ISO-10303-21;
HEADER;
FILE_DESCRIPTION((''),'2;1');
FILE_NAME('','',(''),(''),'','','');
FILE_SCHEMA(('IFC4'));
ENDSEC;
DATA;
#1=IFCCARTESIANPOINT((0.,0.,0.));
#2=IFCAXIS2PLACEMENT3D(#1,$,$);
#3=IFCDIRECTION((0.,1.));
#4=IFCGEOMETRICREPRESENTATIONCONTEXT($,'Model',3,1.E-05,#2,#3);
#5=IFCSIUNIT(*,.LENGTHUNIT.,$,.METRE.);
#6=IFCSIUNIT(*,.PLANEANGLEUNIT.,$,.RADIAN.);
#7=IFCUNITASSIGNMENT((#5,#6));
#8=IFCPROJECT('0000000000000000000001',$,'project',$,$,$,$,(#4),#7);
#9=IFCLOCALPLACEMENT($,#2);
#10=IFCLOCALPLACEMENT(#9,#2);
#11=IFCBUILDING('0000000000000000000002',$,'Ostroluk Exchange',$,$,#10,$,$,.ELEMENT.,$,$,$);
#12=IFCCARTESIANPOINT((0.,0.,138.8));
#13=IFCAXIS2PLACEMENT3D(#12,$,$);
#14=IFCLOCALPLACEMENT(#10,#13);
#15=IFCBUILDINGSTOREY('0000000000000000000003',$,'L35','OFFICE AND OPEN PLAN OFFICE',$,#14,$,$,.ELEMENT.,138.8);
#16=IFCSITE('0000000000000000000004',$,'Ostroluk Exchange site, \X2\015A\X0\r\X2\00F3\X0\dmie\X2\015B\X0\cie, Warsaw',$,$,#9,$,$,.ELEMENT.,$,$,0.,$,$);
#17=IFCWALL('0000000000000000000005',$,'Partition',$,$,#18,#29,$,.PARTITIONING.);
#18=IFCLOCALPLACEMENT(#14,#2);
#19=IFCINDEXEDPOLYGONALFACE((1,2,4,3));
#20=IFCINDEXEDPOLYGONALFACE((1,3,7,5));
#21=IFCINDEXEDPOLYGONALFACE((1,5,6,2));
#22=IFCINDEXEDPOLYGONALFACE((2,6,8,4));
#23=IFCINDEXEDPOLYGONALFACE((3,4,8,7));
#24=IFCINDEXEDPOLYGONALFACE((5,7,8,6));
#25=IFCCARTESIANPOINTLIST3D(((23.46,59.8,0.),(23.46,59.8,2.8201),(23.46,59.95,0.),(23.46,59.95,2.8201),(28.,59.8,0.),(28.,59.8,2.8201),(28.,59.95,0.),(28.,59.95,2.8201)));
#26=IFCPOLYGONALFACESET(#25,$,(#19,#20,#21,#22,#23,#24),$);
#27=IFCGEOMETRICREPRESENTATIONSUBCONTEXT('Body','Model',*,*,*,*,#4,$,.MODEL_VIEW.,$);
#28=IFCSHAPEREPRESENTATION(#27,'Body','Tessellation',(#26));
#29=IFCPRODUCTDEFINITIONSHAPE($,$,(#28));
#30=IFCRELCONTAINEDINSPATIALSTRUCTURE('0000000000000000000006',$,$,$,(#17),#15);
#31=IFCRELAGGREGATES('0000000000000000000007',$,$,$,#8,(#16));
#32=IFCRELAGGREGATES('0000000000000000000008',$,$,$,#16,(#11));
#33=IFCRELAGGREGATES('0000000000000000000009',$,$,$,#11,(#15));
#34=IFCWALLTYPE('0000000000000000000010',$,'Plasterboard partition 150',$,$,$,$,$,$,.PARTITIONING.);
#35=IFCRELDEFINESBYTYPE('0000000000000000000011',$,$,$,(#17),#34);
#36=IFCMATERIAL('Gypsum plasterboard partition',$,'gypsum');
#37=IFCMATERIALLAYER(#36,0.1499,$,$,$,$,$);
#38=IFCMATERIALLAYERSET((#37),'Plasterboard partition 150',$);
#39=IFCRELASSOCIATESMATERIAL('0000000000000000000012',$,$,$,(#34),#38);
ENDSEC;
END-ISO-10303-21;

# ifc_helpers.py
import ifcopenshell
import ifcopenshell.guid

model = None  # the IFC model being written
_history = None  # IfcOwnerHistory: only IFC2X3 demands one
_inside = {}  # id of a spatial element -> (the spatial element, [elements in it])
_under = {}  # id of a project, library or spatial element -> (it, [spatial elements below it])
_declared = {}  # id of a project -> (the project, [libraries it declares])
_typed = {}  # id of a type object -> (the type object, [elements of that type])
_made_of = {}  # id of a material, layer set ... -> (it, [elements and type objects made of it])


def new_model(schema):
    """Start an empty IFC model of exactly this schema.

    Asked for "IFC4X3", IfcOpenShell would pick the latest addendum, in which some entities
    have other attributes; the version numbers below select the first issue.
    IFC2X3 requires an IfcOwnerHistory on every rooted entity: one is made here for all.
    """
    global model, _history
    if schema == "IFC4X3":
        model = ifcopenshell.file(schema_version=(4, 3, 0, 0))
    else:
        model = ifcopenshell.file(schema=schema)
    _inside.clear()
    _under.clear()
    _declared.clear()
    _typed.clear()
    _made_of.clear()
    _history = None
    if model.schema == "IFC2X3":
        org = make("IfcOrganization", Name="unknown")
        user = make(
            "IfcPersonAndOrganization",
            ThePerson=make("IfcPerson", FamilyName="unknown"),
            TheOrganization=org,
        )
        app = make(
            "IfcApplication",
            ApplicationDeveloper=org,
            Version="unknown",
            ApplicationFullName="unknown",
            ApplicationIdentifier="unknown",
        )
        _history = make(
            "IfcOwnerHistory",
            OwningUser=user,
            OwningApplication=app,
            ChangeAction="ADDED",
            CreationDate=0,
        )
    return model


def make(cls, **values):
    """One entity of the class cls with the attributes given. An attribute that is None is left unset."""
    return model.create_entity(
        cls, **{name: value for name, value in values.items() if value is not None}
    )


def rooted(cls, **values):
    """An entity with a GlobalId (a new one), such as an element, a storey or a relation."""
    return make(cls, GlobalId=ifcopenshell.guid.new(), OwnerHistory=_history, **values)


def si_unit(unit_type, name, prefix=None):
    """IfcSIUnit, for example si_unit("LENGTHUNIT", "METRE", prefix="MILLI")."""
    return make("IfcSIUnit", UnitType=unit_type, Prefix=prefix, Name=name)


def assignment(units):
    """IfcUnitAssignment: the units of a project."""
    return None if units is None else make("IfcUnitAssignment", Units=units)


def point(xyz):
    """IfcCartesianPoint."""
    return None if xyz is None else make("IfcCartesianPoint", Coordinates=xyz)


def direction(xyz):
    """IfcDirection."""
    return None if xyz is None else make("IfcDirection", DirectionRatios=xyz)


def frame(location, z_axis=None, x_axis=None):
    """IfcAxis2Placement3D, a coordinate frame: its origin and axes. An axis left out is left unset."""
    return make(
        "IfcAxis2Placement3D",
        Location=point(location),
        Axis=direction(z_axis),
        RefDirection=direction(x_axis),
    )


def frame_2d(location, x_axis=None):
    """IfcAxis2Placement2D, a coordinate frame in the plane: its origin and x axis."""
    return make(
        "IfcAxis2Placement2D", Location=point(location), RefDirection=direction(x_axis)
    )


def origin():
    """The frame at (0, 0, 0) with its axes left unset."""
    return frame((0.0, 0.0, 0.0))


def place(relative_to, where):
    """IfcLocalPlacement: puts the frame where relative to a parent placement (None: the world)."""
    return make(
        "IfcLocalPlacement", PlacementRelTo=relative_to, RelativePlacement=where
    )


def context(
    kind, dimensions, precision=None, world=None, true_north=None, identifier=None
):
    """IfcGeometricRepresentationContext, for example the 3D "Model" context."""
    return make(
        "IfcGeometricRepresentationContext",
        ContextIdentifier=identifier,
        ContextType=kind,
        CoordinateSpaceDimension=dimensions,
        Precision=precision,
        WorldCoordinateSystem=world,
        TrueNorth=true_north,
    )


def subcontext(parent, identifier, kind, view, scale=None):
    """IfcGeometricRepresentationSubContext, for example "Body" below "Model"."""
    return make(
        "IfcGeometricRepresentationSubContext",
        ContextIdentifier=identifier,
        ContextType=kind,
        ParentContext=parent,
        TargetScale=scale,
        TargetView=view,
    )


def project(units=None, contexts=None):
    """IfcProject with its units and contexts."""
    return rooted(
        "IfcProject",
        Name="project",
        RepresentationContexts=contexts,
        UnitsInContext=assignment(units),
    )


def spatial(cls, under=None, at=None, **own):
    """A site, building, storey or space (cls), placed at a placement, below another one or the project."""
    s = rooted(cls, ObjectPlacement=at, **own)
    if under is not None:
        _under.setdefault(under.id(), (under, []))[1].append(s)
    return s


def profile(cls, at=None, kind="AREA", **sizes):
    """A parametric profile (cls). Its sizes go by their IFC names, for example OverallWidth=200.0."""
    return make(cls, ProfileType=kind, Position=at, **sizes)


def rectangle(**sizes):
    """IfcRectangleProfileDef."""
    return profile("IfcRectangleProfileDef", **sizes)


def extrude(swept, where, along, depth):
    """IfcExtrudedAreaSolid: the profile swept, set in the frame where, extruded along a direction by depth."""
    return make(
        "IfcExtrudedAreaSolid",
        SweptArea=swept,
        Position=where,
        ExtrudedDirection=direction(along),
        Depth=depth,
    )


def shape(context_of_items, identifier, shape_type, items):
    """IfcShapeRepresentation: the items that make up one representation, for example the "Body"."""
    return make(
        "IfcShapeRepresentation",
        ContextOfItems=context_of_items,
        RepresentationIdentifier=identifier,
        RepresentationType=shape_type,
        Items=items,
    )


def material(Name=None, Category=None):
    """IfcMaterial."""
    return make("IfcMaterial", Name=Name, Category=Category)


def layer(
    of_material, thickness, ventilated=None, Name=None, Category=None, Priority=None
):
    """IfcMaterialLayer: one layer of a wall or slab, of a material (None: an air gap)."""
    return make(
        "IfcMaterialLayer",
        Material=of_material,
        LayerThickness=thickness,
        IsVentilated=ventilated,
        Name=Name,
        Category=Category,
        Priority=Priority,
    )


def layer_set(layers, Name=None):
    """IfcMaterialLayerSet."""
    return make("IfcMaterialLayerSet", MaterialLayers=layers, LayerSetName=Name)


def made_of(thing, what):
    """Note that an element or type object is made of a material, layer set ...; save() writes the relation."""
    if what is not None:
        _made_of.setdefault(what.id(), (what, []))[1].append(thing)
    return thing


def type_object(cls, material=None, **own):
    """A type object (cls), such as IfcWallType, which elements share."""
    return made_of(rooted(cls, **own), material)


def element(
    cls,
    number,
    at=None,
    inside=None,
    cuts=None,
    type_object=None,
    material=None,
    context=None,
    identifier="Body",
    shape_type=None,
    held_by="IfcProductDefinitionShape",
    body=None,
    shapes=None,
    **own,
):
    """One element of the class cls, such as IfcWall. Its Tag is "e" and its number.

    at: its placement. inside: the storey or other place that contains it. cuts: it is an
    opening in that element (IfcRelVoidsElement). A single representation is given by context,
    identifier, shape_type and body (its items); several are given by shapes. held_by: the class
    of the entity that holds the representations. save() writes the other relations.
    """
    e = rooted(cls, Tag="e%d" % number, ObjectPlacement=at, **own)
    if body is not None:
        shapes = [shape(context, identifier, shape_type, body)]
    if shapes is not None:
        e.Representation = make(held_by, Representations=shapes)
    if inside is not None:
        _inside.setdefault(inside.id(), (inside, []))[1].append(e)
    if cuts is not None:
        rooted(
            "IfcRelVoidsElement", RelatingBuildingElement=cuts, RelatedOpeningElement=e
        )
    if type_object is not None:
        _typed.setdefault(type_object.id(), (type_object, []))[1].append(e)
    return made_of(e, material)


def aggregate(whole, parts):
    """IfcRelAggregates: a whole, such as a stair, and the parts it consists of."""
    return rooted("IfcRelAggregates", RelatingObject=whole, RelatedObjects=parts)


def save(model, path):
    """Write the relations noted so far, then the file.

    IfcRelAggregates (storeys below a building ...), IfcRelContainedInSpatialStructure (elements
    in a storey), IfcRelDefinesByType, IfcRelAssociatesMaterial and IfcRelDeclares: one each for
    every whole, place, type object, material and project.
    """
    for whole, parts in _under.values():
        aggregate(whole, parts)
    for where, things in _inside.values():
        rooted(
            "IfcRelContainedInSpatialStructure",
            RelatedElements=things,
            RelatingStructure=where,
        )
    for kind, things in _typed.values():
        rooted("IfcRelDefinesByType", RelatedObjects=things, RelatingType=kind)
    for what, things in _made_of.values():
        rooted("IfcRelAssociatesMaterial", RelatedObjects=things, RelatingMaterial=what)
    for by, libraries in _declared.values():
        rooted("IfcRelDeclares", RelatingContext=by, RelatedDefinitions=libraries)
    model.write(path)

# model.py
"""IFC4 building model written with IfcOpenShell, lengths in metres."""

from ifc_helpers import new_model, si_unit, direction, frame, frame_2d, origin, place, context, subcontext, project, spatial, rectangle, extrude, material, layer, layer_set, type_object, element, save


model = new_model("IFC4")

# Units and contexts
model_context = context("Model", 3, precision=1e-05, world=origin(), true_north=direction((0.0, 1.0)))
body_context = subcontext(model_context, "Body", "Model", "MODEL_VIEW")
ifc_project = project(units=[si_unit("LENGTHUNIT", "METRE"), si_unit("PLANEANGLEUNIT", "RADIAN")], contexts=[model_context])

# Site, building, storey
site_placement = place(None, origin())
site = spatial("IfcSite", under=ifc_project, at=site_placement, Name="Ostroluk Exchange site, Śródmieście, Warsaw", CompositionType="ELEMENT", RefElevation=0.0)
building_placement = place(site_placement, origin())
building = spatial("IfcBuilding", under=site, at=building_placement, Name="Ostroluk Exchange", CompositionType="ELEMENT")
storey_placement = place(building_placement, frame((0.0, 0.0, 138.8)))
storey = spatial("IfcBuildingStorey", under=building, at=storey_placement, Name="L35", Description="OFFICE AND OPEN PLAN OFFICE", CompositionType="ELEMENT", Elevation=138.8)

# Shared definitions
ifc_material_1 = material(Name="Gypsum plasterboard partition", Category="gypsum")
ifc_layer_1 = layer(ifc_material_1, 0.1499)
ifc_layer_set_1 = layer_set([ifc_layer_1], Name="Plasterboard partition 150")
wall_type_1 = type_object("IfcWallType", Name="Plasterboard partition 150", PredefinedType="PARTITIONING", material=ifc_layer_set_1)

# Wall
wall_1_placement = place(storey_placement, frame((28.0, 59.875, 0.0), z_axis=(0.0, 0.0, 1.0), x_axis=(-1.0, 0.0, 0.0)))
element("IfcWall", 1, at=wall_1_placement, inside=storey, type_object=wall_type_1, Name="Partition", PredefinedType="PARTITIONING", context=body_context, shape_type="SweptSolid", body=[
    extrude(rectangle(XDim=4.54, YDim=0.1499, at=frame_2d((2.27, 0.0))), origin(), (0.0, 0.0, 1.0), 2.8201),
])

save(model, "model.ifc")
